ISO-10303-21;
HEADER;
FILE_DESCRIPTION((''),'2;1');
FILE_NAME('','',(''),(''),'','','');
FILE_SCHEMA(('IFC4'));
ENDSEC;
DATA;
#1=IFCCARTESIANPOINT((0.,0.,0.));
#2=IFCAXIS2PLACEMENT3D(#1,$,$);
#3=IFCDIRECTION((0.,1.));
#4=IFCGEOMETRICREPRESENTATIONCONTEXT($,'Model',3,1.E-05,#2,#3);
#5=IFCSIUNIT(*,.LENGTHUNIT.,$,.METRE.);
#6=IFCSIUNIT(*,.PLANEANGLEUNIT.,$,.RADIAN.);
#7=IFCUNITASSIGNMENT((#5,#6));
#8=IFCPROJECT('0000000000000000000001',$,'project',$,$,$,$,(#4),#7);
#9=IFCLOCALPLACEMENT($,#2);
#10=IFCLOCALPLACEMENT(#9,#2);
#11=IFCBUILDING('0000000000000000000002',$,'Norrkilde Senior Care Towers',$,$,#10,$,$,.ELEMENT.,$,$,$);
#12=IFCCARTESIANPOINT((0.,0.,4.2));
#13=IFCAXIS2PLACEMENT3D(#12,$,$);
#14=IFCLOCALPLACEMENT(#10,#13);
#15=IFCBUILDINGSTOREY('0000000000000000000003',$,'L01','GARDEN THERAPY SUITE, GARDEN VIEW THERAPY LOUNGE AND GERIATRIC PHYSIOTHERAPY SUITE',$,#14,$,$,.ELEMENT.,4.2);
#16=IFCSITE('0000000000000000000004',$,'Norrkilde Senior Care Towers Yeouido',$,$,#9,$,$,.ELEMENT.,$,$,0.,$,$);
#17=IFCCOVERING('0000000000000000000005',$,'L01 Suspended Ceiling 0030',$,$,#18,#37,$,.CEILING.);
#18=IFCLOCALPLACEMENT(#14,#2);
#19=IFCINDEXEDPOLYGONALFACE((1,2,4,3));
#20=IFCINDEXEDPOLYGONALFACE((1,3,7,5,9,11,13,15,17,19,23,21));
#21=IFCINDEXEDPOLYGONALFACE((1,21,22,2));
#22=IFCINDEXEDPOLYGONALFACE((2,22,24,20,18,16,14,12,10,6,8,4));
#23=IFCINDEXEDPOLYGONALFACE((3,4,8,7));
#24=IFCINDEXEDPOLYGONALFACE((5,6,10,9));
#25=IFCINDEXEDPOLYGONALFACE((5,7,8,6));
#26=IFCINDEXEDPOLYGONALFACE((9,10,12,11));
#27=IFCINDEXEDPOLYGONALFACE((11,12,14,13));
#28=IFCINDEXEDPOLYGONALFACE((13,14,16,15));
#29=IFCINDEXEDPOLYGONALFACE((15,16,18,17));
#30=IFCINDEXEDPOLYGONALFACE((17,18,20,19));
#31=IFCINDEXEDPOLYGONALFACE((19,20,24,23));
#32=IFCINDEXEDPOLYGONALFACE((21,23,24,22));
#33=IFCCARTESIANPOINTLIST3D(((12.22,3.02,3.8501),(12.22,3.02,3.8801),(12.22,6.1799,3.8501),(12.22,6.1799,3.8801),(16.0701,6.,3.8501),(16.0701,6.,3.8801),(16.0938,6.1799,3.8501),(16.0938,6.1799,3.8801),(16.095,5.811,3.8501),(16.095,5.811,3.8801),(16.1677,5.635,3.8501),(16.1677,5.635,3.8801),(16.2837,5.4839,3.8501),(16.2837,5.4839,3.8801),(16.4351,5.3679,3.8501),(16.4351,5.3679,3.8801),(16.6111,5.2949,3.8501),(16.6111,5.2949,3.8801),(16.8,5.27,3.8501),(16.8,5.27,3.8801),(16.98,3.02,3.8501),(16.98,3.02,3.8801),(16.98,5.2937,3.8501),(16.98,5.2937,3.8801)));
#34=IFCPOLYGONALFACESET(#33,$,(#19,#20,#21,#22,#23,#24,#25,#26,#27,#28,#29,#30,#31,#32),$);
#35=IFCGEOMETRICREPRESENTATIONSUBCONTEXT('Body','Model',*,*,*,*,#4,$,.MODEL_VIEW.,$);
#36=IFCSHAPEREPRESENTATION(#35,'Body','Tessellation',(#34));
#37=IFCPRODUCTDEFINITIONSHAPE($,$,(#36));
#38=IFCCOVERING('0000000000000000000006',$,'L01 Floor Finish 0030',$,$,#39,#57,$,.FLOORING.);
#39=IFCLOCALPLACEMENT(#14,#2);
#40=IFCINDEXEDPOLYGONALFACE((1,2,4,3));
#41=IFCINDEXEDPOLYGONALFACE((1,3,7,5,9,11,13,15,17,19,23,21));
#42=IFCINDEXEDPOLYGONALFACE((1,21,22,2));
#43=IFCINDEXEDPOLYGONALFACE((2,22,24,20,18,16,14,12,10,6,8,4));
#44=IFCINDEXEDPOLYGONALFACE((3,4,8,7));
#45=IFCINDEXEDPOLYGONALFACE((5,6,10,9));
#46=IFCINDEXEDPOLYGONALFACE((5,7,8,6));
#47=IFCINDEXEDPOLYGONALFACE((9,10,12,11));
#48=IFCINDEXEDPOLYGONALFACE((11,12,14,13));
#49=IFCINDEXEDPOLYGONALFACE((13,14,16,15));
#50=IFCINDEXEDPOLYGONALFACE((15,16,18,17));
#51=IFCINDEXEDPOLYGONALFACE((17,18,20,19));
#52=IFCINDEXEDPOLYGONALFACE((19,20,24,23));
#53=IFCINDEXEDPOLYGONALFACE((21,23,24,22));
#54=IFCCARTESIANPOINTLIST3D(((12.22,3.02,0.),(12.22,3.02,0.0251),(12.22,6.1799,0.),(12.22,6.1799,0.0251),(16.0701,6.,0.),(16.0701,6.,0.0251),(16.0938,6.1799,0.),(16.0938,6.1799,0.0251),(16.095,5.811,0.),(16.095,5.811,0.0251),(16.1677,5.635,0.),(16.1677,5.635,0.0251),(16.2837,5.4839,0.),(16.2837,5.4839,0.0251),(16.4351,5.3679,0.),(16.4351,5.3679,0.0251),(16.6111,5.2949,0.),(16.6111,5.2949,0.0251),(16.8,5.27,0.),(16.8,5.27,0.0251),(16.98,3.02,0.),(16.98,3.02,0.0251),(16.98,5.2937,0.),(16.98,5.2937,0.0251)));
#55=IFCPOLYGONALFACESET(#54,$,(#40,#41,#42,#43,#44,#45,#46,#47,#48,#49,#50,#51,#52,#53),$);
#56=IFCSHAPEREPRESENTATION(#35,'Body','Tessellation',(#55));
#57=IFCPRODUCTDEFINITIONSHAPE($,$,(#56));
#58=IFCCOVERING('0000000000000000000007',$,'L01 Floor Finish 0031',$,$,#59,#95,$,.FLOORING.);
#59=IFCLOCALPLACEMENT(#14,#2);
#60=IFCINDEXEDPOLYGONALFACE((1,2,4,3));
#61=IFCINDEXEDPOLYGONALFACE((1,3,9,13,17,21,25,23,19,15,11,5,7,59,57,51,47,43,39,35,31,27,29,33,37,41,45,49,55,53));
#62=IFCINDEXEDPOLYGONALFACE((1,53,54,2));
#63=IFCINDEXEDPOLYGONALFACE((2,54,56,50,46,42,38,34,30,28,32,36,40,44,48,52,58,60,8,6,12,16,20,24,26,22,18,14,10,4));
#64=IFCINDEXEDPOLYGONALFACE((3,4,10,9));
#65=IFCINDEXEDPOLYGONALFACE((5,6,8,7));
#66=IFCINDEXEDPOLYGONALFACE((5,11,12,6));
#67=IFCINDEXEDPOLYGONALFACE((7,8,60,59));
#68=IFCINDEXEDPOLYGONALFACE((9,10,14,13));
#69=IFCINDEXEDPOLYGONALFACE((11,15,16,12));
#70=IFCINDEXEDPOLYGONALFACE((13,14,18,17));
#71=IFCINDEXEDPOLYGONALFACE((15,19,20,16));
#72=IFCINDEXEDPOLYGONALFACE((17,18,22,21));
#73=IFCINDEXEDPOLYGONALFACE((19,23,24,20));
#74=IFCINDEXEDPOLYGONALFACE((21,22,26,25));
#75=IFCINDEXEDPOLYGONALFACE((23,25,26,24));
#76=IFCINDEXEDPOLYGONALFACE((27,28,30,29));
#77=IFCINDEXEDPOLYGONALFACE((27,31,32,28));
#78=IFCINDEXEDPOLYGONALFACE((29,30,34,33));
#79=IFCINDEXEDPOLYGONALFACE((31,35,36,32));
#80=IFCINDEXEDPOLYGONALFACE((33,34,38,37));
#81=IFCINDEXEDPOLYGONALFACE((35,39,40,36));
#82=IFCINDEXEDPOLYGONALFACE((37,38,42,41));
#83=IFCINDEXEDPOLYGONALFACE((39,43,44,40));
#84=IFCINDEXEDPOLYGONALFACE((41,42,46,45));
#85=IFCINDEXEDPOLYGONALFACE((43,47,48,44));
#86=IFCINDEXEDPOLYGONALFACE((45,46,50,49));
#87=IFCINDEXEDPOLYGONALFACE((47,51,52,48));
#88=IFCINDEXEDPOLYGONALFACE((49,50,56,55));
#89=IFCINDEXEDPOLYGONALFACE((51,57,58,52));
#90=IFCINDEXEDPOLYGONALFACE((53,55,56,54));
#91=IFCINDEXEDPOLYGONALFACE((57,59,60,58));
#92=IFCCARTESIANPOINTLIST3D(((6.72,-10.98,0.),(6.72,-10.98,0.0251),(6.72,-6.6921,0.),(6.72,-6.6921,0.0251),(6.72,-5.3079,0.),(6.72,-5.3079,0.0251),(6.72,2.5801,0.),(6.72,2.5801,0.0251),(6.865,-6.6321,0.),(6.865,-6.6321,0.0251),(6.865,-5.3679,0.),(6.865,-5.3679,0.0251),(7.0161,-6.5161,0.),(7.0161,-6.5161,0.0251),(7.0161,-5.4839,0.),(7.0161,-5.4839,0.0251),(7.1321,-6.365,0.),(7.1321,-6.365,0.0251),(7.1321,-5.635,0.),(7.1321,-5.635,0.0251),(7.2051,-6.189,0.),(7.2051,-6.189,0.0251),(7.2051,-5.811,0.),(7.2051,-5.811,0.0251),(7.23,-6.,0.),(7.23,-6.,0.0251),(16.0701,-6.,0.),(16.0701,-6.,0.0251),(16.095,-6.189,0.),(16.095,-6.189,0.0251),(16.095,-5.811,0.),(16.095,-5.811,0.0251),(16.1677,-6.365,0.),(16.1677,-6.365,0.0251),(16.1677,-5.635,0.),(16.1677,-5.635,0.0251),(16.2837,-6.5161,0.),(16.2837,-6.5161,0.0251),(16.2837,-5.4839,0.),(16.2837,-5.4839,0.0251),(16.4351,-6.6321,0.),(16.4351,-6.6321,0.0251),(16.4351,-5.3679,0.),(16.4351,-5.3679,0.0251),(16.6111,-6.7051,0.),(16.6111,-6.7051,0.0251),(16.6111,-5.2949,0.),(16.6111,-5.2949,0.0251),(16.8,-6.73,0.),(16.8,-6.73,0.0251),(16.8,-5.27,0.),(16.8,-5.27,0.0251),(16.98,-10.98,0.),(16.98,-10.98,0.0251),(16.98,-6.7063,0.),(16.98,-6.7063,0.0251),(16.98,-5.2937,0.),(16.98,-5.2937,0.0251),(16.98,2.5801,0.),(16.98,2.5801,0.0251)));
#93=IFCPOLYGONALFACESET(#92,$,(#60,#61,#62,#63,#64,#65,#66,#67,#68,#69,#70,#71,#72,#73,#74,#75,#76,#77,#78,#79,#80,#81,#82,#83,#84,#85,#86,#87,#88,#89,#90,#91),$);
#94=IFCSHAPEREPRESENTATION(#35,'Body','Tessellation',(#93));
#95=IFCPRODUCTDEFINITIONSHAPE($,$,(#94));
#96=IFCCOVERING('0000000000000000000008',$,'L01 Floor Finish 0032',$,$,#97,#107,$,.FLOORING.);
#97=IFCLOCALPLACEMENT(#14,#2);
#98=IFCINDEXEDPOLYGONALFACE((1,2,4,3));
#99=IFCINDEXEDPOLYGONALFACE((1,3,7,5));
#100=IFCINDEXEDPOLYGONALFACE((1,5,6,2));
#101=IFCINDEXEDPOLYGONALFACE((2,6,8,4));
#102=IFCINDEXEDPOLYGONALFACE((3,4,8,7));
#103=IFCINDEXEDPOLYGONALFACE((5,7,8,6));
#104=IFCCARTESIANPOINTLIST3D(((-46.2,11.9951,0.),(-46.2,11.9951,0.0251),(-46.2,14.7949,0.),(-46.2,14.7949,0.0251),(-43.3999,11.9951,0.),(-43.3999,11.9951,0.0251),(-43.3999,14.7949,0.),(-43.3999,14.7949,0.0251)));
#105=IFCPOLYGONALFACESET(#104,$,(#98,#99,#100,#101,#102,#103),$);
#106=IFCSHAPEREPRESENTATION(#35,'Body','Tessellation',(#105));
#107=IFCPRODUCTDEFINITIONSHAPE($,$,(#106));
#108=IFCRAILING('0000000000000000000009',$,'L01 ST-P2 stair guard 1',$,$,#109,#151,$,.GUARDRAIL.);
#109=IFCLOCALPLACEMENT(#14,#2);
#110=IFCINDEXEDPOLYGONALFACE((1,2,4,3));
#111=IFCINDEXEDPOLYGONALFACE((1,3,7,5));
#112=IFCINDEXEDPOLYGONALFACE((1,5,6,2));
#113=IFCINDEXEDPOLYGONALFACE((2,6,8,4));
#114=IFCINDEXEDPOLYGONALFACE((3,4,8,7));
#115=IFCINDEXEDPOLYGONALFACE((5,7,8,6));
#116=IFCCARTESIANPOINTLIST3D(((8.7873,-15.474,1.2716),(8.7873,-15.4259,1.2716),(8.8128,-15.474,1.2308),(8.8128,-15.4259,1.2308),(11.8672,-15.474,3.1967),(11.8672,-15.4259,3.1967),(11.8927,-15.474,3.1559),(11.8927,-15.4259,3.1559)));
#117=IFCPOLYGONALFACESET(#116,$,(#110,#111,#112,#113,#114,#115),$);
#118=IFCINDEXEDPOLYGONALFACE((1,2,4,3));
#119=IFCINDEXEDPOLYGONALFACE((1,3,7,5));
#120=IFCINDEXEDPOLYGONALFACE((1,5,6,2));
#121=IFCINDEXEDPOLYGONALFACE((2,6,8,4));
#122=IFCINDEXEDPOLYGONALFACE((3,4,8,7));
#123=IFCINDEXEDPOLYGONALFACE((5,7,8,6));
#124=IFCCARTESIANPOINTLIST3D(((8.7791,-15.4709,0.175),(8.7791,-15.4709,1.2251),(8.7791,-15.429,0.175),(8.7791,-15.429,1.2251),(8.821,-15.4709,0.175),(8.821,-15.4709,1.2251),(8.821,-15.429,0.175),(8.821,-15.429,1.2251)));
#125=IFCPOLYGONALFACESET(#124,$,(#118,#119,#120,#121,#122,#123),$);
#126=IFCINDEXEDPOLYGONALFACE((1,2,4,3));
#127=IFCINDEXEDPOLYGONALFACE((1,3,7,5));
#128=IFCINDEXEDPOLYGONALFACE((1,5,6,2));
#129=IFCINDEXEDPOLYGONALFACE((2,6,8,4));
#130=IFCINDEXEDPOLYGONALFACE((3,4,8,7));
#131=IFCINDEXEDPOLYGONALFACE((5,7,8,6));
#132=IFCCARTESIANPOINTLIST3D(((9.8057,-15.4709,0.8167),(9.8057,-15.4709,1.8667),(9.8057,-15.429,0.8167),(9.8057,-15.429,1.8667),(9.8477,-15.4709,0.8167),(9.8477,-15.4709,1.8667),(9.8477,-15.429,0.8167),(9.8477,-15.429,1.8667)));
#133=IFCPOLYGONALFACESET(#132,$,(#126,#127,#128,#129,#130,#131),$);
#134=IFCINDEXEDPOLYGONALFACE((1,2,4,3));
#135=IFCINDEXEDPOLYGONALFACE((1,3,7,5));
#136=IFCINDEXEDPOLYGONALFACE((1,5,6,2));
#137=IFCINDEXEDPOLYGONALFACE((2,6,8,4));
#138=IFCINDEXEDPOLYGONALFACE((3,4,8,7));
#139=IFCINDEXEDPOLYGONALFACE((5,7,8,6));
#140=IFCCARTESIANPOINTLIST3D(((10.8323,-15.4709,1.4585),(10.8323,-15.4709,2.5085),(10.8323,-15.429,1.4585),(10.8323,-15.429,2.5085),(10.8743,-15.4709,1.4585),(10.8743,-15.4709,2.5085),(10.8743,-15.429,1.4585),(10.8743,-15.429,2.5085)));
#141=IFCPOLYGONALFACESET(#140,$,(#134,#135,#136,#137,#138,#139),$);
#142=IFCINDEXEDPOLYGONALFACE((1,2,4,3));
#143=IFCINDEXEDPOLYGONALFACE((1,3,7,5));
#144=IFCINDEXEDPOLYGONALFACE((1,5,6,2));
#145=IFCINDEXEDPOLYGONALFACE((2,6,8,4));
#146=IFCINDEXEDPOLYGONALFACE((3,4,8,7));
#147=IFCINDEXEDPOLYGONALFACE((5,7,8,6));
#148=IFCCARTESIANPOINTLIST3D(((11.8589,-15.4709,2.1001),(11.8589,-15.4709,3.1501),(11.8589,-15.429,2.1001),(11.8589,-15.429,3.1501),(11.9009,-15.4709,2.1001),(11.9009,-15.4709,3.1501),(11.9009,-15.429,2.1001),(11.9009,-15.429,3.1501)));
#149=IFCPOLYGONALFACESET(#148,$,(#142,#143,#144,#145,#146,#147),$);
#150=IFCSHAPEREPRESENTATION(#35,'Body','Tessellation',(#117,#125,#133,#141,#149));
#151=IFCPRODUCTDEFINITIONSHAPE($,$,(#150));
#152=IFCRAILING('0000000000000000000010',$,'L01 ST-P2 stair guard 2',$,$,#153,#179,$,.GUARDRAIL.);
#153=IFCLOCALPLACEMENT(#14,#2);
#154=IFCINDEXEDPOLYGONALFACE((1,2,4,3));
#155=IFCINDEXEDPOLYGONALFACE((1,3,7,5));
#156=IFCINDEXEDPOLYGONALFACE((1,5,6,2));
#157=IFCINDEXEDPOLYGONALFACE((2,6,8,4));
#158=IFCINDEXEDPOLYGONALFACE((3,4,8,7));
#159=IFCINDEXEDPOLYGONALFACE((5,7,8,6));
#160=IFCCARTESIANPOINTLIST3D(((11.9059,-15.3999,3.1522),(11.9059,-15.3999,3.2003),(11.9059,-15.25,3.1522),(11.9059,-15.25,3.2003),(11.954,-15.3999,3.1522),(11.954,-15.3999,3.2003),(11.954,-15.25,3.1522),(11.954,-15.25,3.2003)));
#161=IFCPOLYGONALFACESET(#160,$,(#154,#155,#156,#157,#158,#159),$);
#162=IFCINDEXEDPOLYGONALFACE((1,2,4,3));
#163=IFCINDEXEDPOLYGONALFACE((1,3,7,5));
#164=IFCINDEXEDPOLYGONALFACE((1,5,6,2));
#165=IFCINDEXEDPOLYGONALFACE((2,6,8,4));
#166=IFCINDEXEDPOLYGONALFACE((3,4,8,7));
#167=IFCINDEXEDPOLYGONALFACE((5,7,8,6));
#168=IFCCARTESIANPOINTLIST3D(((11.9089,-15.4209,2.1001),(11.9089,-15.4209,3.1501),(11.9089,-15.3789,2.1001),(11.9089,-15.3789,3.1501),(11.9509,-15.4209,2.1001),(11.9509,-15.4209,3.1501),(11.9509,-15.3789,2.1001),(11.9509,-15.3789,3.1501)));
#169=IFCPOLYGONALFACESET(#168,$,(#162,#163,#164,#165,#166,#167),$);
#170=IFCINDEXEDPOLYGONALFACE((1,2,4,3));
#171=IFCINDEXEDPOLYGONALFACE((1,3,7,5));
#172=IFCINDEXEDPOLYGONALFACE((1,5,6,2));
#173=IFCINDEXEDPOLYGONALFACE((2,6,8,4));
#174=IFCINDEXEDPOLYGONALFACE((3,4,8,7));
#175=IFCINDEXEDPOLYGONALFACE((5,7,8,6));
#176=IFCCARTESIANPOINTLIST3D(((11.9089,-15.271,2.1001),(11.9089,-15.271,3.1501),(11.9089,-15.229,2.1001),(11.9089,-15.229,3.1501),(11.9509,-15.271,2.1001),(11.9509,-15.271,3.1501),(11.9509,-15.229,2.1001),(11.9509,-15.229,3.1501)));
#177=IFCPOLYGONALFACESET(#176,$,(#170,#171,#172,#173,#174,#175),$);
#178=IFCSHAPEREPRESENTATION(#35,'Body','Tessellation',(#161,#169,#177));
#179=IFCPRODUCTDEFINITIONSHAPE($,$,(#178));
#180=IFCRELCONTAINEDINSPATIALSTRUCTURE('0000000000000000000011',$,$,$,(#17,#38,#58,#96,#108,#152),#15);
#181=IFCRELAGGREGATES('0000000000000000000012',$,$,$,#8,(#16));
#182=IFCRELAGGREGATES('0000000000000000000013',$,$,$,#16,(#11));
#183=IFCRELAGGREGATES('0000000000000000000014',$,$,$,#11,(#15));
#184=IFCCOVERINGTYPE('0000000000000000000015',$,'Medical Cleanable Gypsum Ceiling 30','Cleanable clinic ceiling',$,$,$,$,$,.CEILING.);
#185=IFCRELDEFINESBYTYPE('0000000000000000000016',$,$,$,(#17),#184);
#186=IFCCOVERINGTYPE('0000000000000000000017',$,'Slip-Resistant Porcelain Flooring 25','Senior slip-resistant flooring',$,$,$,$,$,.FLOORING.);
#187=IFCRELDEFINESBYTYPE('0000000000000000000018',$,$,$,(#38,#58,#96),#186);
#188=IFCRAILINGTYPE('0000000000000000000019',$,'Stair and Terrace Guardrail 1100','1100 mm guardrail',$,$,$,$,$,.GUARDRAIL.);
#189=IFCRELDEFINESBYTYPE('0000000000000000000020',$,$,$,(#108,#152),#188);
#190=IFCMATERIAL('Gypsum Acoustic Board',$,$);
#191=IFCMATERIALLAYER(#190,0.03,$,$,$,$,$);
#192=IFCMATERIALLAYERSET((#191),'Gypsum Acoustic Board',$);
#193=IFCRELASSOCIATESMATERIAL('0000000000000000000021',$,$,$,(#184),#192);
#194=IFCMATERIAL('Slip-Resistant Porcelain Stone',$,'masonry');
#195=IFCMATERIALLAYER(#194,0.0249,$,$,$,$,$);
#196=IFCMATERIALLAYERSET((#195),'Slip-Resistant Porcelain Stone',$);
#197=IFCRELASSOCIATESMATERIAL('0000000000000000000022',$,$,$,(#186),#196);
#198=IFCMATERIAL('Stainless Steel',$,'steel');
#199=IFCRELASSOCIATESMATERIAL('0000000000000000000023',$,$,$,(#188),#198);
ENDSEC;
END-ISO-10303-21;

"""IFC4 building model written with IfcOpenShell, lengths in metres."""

from ifc_helpers import new_model, si_unit, direction, frame, origin, origin_2d, place, context, subcontext, project, spatial, polyline, rectangle, outline, extrude, material, layer, layer_set, type_object, element, save


model = new_model("IFC4")

# Units and contexts
model_context = context("Model", 3, precision=1e-05, world=origin(), true_north=direction((0.0, 1.0)))
body_context = subcontext(model_context, "Body", "Model", "MODEL_VIEW")
ifc_project = project(units=[si_unit("LENGTHUNIT", "METRE"), si_unit("PLANEANGLEUNIT", "RADIAN")], contexts=[model_context])

# Site, building, storey
site_placement = place(None, origin())
site = spatial("IfcSite", under=ifc_project, at=site_placement, Name="Norrkilde Senior Care Towers Yeouido", CompositionType="ELEMENT", RefElevation=0.0)
building_placement = place(site_placement, origin())
building = spatial("IfcBuilding", under=site, at=building_placement, Name="Norrkilde Senior Care Towers", CompositionType="ELEMENT")
storey_placement = place(building_placement, frame((0.0, 0.0, 4.2)))
storey = spatial("IfcBuildingStorey", under=building, at=storey_placement, Name="L01", Description="GARDEN THERAPY SUITE, GARDEN VIEW THERAPY LOUNGE AND GERIATRIC PHYSIOTHERAPY SUITE", CompositionType="ELEMENT", Elevation=4.2)

# Shared definitions
ifc_material_1 = material(Name="Gypsum Acoustic Board")

# Coverings
ifc_layer_1 = layer(ifc_material_1, 0.03)
ifc_layer_set_1 = layer_set([ifc_layer_1], Name="Gypsum Acoustic Board")
covering_type_1 = type_object("IfcCoveringType", Name="Medical Cleanable Gypsum Ceiling 30", Description="Cleanable clinic ceiling", PredefinedType="CEILING", material=ifc_layer_set_1)
covering_1_placement = place(storey_placement, frame((0.0, 0.0, 3.8501)))
element("IfcCovering", 1, at=covering_1_placement, inside=storey, type_object=covering_type_1, Name="L01 Suspended Ceiling 0030", PredefinedType="CEILING", context=body_context, shape_type="SweptSolid", body=[
    extrude(outline(polyline([(16.98, 3.02), (12.22, 3.02), (12.22, 6.1799), (16.0938, 6.1799), (16.0701, 6.0), (16.095, 5.811), (16.1677, 5.635), (16.2837, 5.4839), (16.4351, 5.3679), (16.6111, 5.2949), (16.8, 5.27), (16.98, 5.2937), (16.98, 3.02)])), origin(), (0.0, 0.0, 1.0), 0.03),
])
ifc_material_2 = material(Name="Slip-Resistant Porcelain Stone", Category="masonry")
ifc_layer_2 = layer(ifc_material_2, 0.0249)
ifc_layer_set_2 = layer_set([ifc_layer_2], Name="Slip-Resistant Porcelain Stone")
covering_type_2 = type_object("IfcCoveringType", Name="Slip-Resistant Porcelain Flooring 25", Description="Senior slip-resistant flooring", PredefinedType="FLOORING", material=ifc_layer_set_2)
covering_2_placement = place(storey_placement, origin())
element("IfcCovering", 2, at=covering_2_placement, inside=storey, type_object=covering_type_2, Name="L01 Floor Finish 0030", PredefinedType="FLOORING", context=body_context, shape_type="SweptSolid", body=[
    extrude(outline(polyline([(16.98, 3.02), (12.22, 3.02), (12.22, 6.1799), (16.0938, 6.1799), (16.0701, 6.0), (16.095, 5.811), (16.1677, 5.635), (16.2837, 5.4839), (16.4351, 5.3679), (16.6111, 5.2949), (16.8, 5.27), (16.98, 5.2937), (16.98, 3.02)])), origin(), (0.0, 0.0, 1.0), 0.0251),
])
covering_3_placement = place(storey_placement, origin())
element("IfcCovering", 3, at=covering_3_placement, inside=storey, type_object=covering_type_2, Name="L01 Floor Finish 0031", PredefinedType="FLOORING", context=body_context, shape_type="SweptSolid", body=[
    extrude(outline(polyline([(6.72, -10.98), (6.72, -6.6921), (6.865, -6.6321), (7.0161, -6.5161), (7.1321, -6.365), (7.2051, -6.189), (7.23, -6.0), (7.2051, -5.811), (7.1321, -5.635), (7.0161, -5.4839), (6.865, -5.3679), (6.72, -5.3079), (6.72, 2.5801), (16.98, 2.5801), (16.98, -5.2937), (16.8, -5.27), (16.6111, -5.2949), (16.4351, -5.3679), (16.2837, -5.4839), (16.1677, -5.635), (16.095, -5.811), (16.0701, -6.0), (16.095, -6.189), (16.1677, -6.365), (16.2837, -6.5161), (16.4351, -6.6321), (16.6111, -6.7051), (16.8, -6.73), (16.98, -6.7063), (16.98, -10.98), (6.72, -10.98)])), origin(), (0.0, 0.0, 1.0), 0.0251),
])
covering_4_placement = place(storey_placement, origin())
element("IfcCovering", 4, at=covering_4_placement, inside=storey, type_object=covering_type_2, Name="L01 Floor Finish 0032", PredefinedType="FLOORING", context=body_context, shape_type="SweptSolid", body=[
    extrude(outline(polyline([(-46.2, 11.9951), (-46.2, 14.7949), (-43.3999, 14.7949), (-43.3999, 11.9951), (-46.2, 11.9951)])), origin(), (0.0, 0.0, 1.0), 0.0251),
])

# Railings
ifc_material_3 = material(Name="Stainless Steel", Category="steel")
railing_type_1 = type_object("IfcRailingType", Name="Stair and Terrace Guardrail 1100", Description="1100 mm guardrail", PredefinedType="GUARDRAIL", material=ifc_material_3)
railing_1_placement = place(storey_placement, frame((8.8, -15.45, 0.175)))
element("IfcRailing", 5, at=railing_1_placement, inside=storey, type_object=railing_type_1, Name="L01 ST-P2 stair guard 1", PredefinedType="GUARDRAIL", context=body_context, shape_type="SweptSolid", body=[
    extrude(rectangle(XDim=0.0481, YDim=0.0481, at=origin_2d()), frame((0.0, 0.0, 1.0762), z_axis=(0.847979, 0.0, 0.530029), x_axis=(0.0, 1.0, 0.0)), (0.0, 0.0, 1.0), 3.6321),
    extrude(rectangle(XDim=0.042, YDim=0.042, at=origin_2d()), origin(), (0.0, 0.0, 1.0), 1.05),
    extrude(rectangle(XDim=0.042, YDim=0.042, at=origin_2d()), frame((1.0266, 0.0, 0.6416)), (0.0, 0.0, 1.0), 1.05),
    extrude(rectangle(XDim=0.042, YDim=0.042, at=origin_2d()), frame((2.0532, 0.0, 1.2834)), (0.0, 0.0, 1.0), 1.05),
    extrude(rectangle(XDim=0.042, YDim=0.042, at=origin_2d()), frame((3.0798, 0.0, 1.925)), (0.0, 0.0, 1.0), 1.05),
])
railing_2_placement = place(storey_placement, frame((11.9299, -15.3999, 2.1001)))
element("IfcRailing", 6, at=railing_2_placement, inside=storey, type_object=railing_type_1, Name="L01 ST-P2 stair guard 2", PredefinedType="GUARDRAIL", context=body_context, shape_type="SweptSolid", body=[
    extrude(rectangle(XDim=0.0481, YDim=0.0481, at=origin_2d()), frame((0.0, 0.0, 1.0762), z_axis=(0.0, 1.0, 0.0), x_axis=(-1.0, 0.0, 0.0)), (0.0, 0.0, 1.0), 0.1499),
    extrude(rectangle(XDim=0.042, YDim=0.042, at=origin_2d()), origin(), (0.0, 0.0, 1.0), 1.05),
    extrude(rectangle(XDim=0.042, YDim=0.042, at=origin_2d()), frame((0.0, 0.1499, 0.0)), (0.0, 0.0, 1.0), 1.05),
])

save(model, "model.ifc")
